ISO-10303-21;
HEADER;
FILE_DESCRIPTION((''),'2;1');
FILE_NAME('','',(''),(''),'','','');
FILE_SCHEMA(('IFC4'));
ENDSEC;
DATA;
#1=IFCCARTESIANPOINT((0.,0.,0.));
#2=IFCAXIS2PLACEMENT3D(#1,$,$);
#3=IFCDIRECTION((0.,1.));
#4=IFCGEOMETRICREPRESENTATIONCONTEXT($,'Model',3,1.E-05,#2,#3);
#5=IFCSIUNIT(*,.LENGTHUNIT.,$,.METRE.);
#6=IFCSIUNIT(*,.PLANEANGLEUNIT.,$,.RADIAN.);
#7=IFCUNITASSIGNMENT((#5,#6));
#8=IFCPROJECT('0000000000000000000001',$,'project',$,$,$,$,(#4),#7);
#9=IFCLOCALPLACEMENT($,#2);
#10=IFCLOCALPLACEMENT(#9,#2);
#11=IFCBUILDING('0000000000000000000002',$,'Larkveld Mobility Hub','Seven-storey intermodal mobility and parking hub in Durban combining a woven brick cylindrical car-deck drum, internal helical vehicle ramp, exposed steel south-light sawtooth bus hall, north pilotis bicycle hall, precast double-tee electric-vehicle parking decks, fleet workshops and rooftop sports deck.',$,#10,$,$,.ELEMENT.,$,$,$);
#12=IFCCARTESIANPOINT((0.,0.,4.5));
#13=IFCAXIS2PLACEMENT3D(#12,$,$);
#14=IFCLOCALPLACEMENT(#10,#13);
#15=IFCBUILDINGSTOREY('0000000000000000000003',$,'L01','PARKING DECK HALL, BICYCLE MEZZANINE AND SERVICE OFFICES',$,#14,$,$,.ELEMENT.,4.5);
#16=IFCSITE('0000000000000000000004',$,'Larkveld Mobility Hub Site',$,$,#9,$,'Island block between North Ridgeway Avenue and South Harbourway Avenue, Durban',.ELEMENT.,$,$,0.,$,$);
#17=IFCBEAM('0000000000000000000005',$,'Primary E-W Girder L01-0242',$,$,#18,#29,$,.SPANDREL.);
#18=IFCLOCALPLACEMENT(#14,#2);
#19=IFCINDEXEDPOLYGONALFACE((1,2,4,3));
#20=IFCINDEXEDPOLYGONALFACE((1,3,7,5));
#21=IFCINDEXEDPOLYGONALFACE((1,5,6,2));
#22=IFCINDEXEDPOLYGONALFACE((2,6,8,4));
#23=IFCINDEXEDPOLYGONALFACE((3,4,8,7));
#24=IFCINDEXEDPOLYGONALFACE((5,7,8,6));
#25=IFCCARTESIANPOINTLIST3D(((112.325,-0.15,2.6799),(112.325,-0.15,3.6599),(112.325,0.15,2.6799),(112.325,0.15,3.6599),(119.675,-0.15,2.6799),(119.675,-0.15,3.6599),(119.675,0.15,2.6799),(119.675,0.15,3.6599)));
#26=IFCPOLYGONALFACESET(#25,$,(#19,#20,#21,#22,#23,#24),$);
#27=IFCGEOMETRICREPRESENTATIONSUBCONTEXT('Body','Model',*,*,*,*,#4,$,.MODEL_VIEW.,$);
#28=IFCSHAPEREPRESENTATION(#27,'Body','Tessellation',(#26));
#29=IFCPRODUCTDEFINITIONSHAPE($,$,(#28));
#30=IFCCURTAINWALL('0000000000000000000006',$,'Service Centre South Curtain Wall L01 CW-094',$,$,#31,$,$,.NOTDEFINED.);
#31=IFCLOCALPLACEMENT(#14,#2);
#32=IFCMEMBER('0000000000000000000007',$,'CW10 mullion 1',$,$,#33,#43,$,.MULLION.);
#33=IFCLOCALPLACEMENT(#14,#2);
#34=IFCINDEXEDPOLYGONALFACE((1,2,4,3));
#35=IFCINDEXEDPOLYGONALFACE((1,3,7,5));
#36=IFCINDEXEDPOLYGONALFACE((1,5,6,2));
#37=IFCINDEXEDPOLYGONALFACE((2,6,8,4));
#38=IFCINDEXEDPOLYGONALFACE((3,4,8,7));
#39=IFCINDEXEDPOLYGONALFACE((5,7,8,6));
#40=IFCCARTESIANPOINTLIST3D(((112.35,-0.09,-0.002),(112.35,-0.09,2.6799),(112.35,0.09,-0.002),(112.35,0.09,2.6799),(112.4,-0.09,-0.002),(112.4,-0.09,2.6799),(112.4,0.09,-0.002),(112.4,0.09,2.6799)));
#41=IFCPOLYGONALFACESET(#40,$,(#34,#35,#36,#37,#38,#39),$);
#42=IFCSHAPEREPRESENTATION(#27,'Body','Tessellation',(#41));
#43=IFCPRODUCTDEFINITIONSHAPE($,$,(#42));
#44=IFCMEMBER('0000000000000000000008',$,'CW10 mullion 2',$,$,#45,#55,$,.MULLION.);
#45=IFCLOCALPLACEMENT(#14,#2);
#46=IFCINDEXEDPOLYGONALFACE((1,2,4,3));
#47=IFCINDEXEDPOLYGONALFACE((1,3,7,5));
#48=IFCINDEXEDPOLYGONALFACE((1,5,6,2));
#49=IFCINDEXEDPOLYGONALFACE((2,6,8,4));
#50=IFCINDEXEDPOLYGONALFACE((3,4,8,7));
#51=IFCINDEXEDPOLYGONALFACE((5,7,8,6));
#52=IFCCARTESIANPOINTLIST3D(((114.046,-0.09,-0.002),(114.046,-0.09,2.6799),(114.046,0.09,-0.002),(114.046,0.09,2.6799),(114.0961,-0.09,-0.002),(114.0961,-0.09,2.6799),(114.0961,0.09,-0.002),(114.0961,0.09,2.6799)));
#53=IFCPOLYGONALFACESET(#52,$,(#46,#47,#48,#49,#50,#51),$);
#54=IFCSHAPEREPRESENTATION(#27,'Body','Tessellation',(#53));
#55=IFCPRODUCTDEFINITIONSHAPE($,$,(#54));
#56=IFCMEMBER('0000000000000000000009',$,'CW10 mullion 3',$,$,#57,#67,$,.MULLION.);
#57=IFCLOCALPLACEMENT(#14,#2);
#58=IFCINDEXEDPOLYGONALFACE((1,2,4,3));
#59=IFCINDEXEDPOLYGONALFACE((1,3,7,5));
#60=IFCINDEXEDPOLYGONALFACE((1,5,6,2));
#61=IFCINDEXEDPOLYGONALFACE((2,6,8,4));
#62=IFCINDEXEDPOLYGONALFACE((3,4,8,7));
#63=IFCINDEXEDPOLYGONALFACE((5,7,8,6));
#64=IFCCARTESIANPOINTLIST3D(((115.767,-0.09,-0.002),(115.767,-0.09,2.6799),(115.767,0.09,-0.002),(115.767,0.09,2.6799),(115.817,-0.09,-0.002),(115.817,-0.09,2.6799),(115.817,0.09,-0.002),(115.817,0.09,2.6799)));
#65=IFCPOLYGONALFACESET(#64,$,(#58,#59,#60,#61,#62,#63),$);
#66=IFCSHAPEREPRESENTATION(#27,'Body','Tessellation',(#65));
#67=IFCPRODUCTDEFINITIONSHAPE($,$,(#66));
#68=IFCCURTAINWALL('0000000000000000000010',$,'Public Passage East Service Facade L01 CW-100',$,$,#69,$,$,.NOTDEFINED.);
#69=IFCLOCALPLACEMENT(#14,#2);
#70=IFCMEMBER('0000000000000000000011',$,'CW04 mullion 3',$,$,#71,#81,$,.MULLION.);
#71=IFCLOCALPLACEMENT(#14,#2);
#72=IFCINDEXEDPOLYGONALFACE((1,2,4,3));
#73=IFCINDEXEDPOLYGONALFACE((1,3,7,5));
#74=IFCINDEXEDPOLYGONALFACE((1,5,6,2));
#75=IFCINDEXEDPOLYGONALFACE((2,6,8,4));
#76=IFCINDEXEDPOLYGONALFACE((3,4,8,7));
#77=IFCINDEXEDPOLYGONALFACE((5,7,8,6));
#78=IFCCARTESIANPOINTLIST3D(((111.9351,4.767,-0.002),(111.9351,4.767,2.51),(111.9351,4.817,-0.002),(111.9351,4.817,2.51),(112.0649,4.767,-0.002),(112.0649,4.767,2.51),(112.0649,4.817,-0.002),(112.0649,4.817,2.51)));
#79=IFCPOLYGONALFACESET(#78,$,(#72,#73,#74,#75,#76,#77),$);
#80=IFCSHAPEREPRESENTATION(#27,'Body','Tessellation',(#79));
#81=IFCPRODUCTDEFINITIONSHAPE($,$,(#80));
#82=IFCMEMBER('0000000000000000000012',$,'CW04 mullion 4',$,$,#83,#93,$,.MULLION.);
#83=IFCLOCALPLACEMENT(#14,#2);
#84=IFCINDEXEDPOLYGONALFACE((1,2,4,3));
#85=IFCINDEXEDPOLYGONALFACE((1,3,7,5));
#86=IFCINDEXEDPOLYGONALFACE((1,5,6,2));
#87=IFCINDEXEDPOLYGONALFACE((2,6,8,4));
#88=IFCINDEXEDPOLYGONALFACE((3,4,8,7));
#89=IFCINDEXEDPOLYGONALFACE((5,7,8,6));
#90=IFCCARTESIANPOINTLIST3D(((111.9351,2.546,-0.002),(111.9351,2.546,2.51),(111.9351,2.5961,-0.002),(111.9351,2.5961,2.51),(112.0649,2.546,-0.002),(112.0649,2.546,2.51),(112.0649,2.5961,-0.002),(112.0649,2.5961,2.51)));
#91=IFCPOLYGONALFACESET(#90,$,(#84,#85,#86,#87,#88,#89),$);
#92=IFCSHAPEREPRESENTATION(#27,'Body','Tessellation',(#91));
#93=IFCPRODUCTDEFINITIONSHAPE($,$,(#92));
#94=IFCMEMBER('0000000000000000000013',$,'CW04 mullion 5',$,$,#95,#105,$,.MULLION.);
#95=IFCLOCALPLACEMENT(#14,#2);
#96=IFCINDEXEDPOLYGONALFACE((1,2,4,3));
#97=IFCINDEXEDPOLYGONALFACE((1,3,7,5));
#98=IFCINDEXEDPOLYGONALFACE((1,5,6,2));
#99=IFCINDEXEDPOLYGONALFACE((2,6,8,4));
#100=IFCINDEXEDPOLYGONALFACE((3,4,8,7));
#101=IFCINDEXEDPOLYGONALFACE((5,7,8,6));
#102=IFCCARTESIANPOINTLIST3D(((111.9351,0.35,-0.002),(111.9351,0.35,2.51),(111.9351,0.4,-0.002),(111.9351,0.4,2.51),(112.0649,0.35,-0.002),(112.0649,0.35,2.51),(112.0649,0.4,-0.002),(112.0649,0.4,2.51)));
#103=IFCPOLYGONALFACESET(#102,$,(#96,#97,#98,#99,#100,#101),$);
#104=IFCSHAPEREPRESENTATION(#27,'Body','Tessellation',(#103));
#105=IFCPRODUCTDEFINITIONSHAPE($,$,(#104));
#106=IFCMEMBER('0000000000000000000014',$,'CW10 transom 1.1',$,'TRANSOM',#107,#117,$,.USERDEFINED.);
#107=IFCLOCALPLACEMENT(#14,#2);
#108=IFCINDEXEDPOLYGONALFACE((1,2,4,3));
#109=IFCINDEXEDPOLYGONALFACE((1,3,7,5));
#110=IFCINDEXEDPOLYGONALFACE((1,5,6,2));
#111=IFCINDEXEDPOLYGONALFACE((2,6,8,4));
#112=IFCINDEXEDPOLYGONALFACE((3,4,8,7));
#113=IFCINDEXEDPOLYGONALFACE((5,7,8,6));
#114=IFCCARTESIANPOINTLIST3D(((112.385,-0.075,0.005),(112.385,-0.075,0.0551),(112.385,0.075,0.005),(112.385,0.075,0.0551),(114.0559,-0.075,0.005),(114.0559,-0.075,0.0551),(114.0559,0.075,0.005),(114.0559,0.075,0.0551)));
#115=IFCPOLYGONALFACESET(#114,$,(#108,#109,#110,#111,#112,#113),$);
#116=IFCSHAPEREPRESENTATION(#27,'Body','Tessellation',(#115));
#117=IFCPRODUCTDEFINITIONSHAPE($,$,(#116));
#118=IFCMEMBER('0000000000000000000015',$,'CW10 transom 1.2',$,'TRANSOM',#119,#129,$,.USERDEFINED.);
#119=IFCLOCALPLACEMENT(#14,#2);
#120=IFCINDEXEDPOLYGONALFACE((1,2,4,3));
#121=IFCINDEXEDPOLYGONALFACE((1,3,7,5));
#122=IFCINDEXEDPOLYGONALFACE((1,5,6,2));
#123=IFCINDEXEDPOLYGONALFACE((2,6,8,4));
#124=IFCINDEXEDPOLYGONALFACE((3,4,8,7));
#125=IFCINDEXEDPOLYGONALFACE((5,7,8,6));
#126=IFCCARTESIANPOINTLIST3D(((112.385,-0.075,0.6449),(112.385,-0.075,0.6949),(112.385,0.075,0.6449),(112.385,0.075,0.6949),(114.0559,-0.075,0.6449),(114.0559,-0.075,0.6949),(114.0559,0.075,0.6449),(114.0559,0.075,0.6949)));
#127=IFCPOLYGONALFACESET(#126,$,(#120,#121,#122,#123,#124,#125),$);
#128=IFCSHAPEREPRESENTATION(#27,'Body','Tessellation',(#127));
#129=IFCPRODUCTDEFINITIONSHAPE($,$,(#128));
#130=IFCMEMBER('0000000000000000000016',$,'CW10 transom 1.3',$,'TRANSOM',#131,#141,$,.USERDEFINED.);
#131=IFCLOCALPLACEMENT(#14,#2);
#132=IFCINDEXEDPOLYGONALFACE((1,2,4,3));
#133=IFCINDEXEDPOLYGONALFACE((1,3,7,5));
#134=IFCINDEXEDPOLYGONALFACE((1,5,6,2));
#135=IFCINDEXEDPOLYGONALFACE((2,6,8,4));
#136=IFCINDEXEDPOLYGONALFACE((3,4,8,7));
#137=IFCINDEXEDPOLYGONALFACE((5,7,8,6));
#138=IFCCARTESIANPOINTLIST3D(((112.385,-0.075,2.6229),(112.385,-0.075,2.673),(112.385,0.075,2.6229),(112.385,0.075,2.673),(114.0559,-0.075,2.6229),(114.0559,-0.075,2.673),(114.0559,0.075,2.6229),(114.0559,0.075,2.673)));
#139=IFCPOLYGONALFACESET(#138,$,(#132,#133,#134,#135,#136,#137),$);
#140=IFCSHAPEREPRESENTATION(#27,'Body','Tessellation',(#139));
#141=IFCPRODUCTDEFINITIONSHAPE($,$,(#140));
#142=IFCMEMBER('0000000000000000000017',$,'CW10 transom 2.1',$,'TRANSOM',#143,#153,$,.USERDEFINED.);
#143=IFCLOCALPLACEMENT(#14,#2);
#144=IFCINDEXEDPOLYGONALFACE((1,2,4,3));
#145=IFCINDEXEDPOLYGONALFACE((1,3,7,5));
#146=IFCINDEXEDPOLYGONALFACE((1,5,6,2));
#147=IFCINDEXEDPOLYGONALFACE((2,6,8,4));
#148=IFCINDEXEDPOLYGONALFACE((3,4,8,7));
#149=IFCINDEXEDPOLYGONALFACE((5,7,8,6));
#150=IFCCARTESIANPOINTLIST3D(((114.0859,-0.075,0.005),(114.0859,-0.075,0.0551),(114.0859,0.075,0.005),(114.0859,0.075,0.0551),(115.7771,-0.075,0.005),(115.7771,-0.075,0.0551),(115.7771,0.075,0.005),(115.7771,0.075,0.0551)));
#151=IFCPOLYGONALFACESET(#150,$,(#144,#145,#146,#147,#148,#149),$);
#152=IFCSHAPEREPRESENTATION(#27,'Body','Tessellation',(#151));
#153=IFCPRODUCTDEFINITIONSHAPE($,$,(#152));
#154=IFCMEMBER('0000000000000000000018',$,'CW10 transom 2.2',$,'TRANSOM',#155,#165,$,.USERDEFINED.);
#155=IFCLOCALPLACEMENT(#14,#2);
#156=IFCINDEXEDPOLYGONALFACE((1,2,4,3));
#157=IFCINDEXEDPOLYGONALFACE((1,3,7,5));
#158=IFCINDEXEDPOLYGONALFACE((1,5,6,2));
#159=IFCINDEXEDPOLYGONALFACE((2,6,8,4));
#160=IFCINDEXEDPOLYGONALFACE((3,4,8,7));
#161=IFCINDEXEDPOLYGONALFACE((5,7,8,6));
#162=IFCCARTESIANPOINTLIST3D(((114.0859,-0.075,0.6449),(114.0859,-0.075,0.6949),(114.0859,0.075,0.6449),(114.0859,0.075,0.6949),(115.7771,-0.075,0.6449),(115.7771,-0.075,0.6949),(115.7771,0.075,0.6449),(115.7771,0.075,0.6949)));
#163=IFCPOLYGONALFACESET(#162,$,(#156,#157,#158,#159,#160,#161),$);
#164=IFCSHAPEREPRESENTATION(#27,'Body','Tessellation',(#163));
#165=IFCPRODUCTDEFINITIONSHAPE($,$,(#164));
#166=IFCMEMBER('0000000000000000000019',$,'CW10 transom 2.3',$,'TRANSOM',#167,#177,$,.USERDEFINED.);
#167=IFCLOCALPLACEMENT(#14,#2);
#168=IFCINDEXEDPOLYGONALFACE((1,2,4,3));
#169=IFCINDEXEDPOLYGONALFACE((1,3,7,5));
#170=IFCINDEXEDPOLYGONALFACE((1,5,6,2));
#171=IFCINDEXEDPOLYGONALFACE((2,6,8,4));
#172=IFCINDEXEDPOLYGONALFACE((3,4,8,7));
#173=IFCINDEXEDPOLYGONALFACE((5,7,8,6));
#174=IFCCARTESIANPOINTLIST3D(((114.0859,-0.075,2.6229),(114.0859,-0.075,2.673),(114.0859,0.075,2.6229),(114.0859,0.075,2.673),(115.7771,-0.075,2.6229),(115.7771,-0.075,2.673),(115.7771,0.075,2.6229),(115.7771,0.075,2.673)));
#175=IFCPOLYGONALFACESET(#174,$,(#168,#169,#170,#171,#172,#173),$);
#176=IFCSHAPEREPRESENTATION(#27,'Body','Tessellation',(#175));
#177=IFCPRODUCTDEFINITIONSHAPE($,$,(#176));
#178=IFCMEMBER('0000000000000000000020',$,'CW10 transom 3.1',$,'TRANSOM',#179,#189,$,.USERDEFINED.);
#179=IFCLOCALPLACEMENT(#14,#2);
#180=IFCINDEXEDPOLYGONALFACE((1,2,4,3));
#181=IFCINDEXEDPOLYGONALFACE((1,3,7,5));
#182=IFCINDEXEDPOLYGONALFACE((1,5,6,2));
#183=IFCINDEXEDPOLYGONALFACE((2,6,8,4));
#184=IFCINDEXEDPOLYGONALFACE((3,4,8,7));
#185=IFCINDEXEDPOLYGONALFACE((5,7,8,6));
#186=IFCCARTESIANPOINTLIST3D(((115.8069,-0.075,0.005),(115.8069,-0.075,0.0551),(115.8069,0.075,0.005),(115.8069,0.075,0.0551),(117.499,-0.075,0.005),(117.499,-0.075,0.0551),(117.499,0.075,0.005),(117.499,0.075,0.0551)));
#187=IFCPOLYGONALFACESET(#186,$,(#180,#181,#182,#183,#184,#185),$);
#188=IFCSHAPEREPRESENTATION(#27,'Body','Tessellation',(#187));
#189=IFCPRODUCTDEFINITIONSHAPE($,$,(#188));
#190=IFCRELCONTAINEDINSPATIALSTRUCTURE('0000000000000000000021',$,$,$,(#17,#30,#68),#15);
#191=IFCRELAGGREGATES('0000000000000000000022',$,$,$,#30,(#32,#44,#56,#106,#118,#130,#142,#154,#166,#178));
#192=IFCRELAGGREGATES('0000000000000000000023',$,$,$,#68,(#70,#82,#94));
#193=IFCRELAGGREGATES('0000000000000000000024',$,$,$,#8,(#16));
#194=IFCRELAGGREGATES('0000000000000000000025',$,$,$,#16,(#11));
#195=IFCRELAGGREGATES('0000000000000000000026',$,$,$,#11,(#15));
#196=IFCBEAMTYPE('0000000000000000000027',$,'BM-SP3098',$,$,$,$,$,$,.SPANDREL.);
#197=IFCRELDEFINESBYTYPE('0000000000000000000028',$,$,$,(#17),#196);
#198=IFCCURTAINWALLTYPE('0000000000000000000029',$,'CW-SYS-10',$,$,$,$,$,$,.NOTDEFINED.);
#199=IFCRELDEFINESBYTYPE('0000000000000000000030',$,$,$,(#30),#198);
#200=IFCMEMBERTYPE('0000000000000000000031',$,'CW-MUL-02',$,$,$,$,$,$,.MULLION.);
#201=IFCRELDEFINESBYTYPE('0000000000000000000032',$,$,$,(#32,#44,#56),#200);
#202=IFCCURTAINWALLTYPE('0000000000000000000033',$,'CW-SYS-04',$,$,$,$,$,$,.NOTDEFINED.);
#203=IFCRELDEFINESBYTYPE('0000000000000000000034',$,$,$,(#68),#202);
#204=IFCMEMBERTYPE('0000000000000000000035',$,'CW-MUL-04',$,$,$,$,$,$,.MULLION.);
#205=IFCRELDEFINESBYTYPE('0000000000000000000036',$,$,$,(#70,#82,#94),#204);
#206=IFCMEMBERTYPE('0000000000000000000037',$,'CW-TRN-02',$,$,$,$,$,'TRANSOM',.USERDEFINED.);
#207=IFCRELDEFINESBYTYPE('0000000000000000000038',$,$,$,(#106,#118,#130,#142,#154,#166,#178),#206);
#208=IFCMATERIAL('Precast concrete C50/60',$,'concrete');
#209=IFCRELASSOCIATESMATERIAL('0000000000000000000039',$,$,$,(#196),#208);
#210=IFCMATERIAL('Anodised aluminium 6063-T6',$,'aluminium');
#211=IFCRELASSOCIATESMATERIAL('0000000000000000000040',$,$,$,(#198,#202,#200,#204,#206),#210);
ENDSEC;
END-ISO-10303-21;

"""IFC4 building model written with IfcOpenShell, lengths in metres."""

from ifc_helpers import new_model, si_unit, direction, frame, origin, origin_2d, place, context, subcontext, project, spatial, rectangle, extrude, material, material_profile, profile_set, type_object, element, aggregate, save


model = new_model("IFC4")

# Units and contexts
model_context = context("Model", 3, precision=1e-05, world=origin(), true_north=direction((0.0, 1.0)))
body_context = subcontext(model_context, "Body", "Model", "MODEL_VIEW")
ifc_project = project(units=[si_unit("LENGTHUNIT", "METRE"), si_unit("PLANEANGLEUNIT", "RADIAN")], contexts=[model_context])

# Site, building, storey
site_placement = place(None, origin())
site = spatial("IfcSite", under=ifc_project, at=site_placement, Name="Larkveld Mobility Hub Site", LongName="Island block between North Ridgeway Avenue and South Harbourway Avenue, Durban", CompositionType="ELEMENT", RefElevation=0.0)
building_placement = place(site_placement, origin())
building = spatial("IfcBuilding", under=site, at=building_placement, Name="Larkveld Mobility Hub", Description="Seven-storey intermodal mobility and parking hub in Durban combining a woven brick cylindrical car-deck drum, internal helical vehicle ramp, exposed steel south-light sawtooth bus hall, north pilotis bicycle hall, precast double-tee electric-vehicle parking decks, fleet workshops and rooftop sports deck.", CompositionType="ELEMENT")
storey_placement = place(building_placement, frame((0.0, 0.0, 4.5)))
storey = spatial("IfcBuildingStorey", under=building, at=storey_placement, Name="L01", Description="PARKING DECK HALL, BICYCLE MEZZANINE AND SERVICE OFFICES", CompositionType="ELEMENT", Elevation=4.5)

# Beam
ifc_material_1 = material(Name="Precast concrete C50/60", Category="concrete")
ifc_material_profile_1 = material_profile(ifc_material_1, rectangle(XDim=0.3, YDim=0.98, at=origin_2d()), Name="PC SP 300x980")
ifc_profile_set_1 = profile_set([ifc_material_profile_1], Name="Precast concrete C50/60")
beam_type = type_object("IfcBeamType", Name="BM-SP3098", PredefinedType="SPANDREL", material=ifc_profile_set_1)
beam_placement = place(storey_placement, frame((112.325, 0.0, 3.1699), z_axis=(1.0, 0.0, 0.0), x_axis=(0.0, 1.0, 0.0)))
element("IfcBeam", 1, at=beam_placement, inside=storey, type_object=beam_type, Name="Primary E-W Girder L01-0242", PredefinedType="SPANDREL", context=body_context, shape_type="SweptSolid", body=[
    extrude(rectangle(XDim=0.3, YDim=0.98, at=origin_2d()), origin(), (0.0, 0.0, 1.0), 7.3501),
])

# Curtain walls, members
ifc_material_2 = material(Name="Anodised aluminium 6063-T6", Category="aluminium")
curtain_wall_type_1 = type_object("IfcCurtainWallType", Name="CW-SYS-10", PredefinedType="NOTDEFINED", material=ifc_material_2)
curtain_wall_1_placement = place(storey_placement, origin())
curtain_wall_1 = element("IfcCurtainWall", 2, at=curtain_wall_1_placement, inside=storey, type_object=curtain_wall_type_1, Name="Service Centre South Curtain Wall L01 CW-094", PredefinedType="NOTDEFINED")
ifc_material_profile_2 = material_profile(ifc_material_2, rectangle(XDim=0.05, YDim=0.1799, at=origin_2d()), Name="ALU MULL 50x180")
ifc_profile_set_2 = profile_set([ifc_material_profile_2], Name="Anodised aluminium 6063-T6")
member_type_1 = type_object("IfcMemberType", Name="CW-MUL-02", PredefinedType="MULLION", material=ifc_profile_set_2)
member_1_placement = place(storey_placement, frame((112.375, 0.0, -0.002), z_axis=(0.0, 0.0, 1.0), x_axis=(1.0, 0.0, 0.0)))
member_1 = element("IfcMember", 3, at=member_1_placement, type_object=member_type_1, Name="CW10 mullion 1", PredefinedType="MULLION", context=body_context, shape_type="SweptSolid", body=[
    extrude(rectangle(XDim=0.05, YDim=0.1799, at=origin_2d()), origin(), (0.0, 0.0, 1.0), 2.6819),
])
member_2_placement = place(storey_placement, frame((114.071, 0.0, -0.002), z_axis=(0.0, 0.0, 1.0), x_axis=(1.0, 0.0, 0.0)))
member_2 = element("IfcMember", 4, at=member_2_placement, type_object=member_type_1, Name="CW10 mullion 2", PredefinedType="MULLION", context=body_context, shape_type="SweptSolid", body=[
    extrude(rectangle(XDim=0.05, YDim=0.1799, at=origin_2d()), origin(), (0.0, 0.0, 1.0), 2.6819),
])
member_3_placement = place(storey_placement, frame((115.792, 0.0, -0.002), z_axis=(0.0, 0.0, 1.0), x_axis=(1.0, 0.0, 0.0)))
member_3 = element("IfcMember", 5, at=member_3_placement, type_object=member_type_1, Name="CW10 mullion 3", PredefinedType="MULLION", context=body_context, shape_type="SweptSolid", body=[
    extrude(rectangle(XDim=0.05, YDim=0.1799, at=origin_2d()), origin(), (0.0, 0.0, 1.0), 2.6819),
])
curtain_wall_type_2 = type_object("IfcCurtainWallType", Name="CW-SYS-04", PredefinedType="NOTDEFINED", material=ifc_material_2)
curtain_wall_2_placement = place(storey_placement, origin())
curtain_wall_2 = element("IfcCurtainWall", 6, at=curtain_wall_2_placement, inside=storey, type_object=curtain_wall_type_2, Name="Public Passage East Service Facade L01 CW-100", PredefinedType="NOTDEFINED")
ifc_material_profile_3 = material_profile(ifc_material_2, rectangle(XDim=0.05, YDim=0.1299, at=origin_2d()), Name="ALU MULL 50x130")
ifc_profile_set_3 = profile_set([ifc_material_profile_3], Name="Anodised aluminium 6063-T6")
member_type_2 = type_object("IfcMemberType", Name="CW-MUL-04", PredefinedType="MULLION", material=ifc_profile_set_3)
member_4_placement = place(storey_placement, frame((112.0, 4.792, -0.002), z_axis=(0.0, 0.0, 1.0), x_axis=(0.0, -1.0, 0.0)))
member_4 = element("IfcMember", 7, at=member_4_placement, type_object=member_type_2, Name="CW04 mullion 3", PredefinedType="MULLION", context=body_context, shape_type="SweptSolid", body=[
    extrude(rectangle(XDim=0.05, YDim=0.1299, at=origin_2d()), origin(), (0.0, 0.0, 1.0), 2.512),
])
member_5_placement = place(storey_placement, frame((112.0, 2.571, -0.002), z_axis=(0.0, 0.0, 1.0), x_axis=(0.0, -1.0, 0.0)))
member_5 = element("IfcMember", 8, at=member_5_placement, type_object=member_type_2, Name="CW04 mullion 4", PredefinedType="MULLION", context=body_context, shape_type="SweptSolid", body=[
    extrude(rectangle(XDim=0.05, YDim=0.1299, at=origin_2d()), origin(), (0.0, 0.0, 1.0), 2.512),
])
member_6_placement = place(storey_placement, frame((112.0, 0.375, -0.002), z_axis=(0.0, 0.0, 1.0), x_axis=(0.0, -1.0, 0.0)))
member_6 = element("IfcMember", 9, at=member_6_placement, type_object=member_type_2, Name="CW04 mullion 5", PredefinedType="MULLION", context=body_context, shape_type="SweptSolid", body=[
    extrude(rectangle(XDim=0.05, YDim=0.1299, at=origin_2d()), origin(), (0.0, 0.0, 1.0), 2.512),
])

# Members
ifc_material_profile_4 = material_profile(ifc_material_2, rectangle(XDim=0.1499, YDim=0.05, at=origin_2d()), Name="ALU TRAN 50x150")
ifc_profile_set_4 = profile_set([ifc_material_profile_4], Name="Anodised aluminium 6063-T6")
member_type_3 = type_object("IfcMemberType", Name="CW-TRN-02", ElementType="TRANSOM", PredefinedType="USERDEFINED", material=ifc_profile_set_4)
member_7_placement = place(storey_placement, frame((112.385, 0.0, 0.03), z_axis=(1.0, 0.0, 0.0), x_axis=(0.0, 1.0, 0.0)))
member_7 = element("IfcMember", 10, at=member_7_placement, type_object=member_type_3, Name="CW10 transom 1.1", ObjectType="TRANSOM", PredefinedType="USERDEFINED", context=body_context, shape_type="SweptSolid", body=[
    extrude(rectangle(XDim=0.1499, YDim=0.05, at=origin_2d()), origin(), (0.0, 0.0, 1.0), 1.6709),
])
member_8_placement = place(storey_placement, frame((112.385, 0.0, 0.6699), z_axis=(1.0, 0.0, 0.0), x_axis=(0.0, 1.0, 0.0)))
member_8 = element("IfcMember", 11, at=member_8_placement, type_object=member_type_3, Name="CW10 transom 1.2", ObjectType="TRANSOM", PredefinedType="USERDEFINED", context=body_context, shape_type="SweptSolid", body=[
    extrude(rectangle(XDim=0.1499, YDim=0.05, at=origin_2d()), origin(), (0.0, 0.0, 1.0), 1.6709),
])
member_9_placement = place(storey_placement, frame((112.385, 0.0, 2.6479), z_axis=(1.0, 0.0, 0.0), x_axis=(0.0, 1.0, 0.0)))
member_9 = element("IfcMember", 12, at=member_9_placement, type_object=member_type_3, Name="CW10 transom 1.3", ObjectType="TRANSOM", PredefinedType="USERDEFINED", context=body_context, shape_type="SweptSolid", body=[
    extrude(rectangle(XDim=0.1499, YDim=0.05, at=origin_2d()), origin(), (0.0, 0.0, 1.0), 1.6709),
])
member_10_placement = place(storey_placement, frame((114.0859, 0.0, 0.03), z_axis=(1.0, 0.0, 0.0), x_axis=(0.0, 1.0, 0.0)))
member_10 = element("IfcMember", 13, at=member_10_placement, type_object=member_type_3, Name="CW10 transom 2.1", ObjectType="TRANSOM", PredefinedType="USERDEFINED", context=body_context, shape_type="SweptSolid", body=[
    extrude(rectangle(XDim=0.1499, YDim=0.05, at=origin_2d()), origin(), (0.0, 0.0, 1.0), 1.6912),
])
member_11_placement = place(storey_placement, frame((114.0859, 0.0, 0.6699), z_axis=(1.0, 0.0, 0.0), x_axis=(0.0, 1.0, 0.0)))
member_11 = element("IfcMember", 14, at=member_11_placement, type_object=member_type_3, Name="CW10 transom 2.2", ObjectType="TRANSOM", PredefinedType="USERDEFINED", context=body_context, shape_type="SweptSolid", body=[
    extrude(rectangle(XDim=0.1499, YDim=0.05, at=origin_2d()), origin(), (0.0, 0.0, 1.0), 1.6912),
])
member_12_placement = place(storey_placement, frame((114.0859, 0.0, 2.6479), z_axis=(1.0, 0.0, 0.0), x_axis=(0.0, 1.0, 0.0)))
member_12 = element("IfcMember", 15, at=member_12_placement, type_object=member_type_3, Name="CW10 transom 2.3", ObjectType="TRANSOM", PredefinedType="USERDEFINED", context=body_context, shape_type="SweptSolid", body=[
    extrude(rectangle(XDim=0.1499, YDim=0.05, at=origin_2d()), origin(), (0.0, 0.0, 1.0), 1.6912),
])
member_13_placement = place(storey_placement, frame((115.8069, 0.0, 0.03), z_axis=(1.0, 0.0, 0.0), x_axis=(0.0, 1.0, 0.0)))
member_13 = element("IfcMember", 16, at=member_13_placement, type_object=member_type_3, Name="CW10 transom 3.1", ObjectType="TRANSOM", PredefinedType="USERDEFINED", context=body_context, shape_type="SweptSolid", body=[
    extrude(rectangle(XDim=0.1499, YDim=0.05, at=origin_2d()), origin(), (0.0, 0.0, 1.0), 1.6921),
])

aggregate(curtain_wall_1, [member_1, member_2, member_3, member_7, member_8, member_9, member_10, member_11, member_12, member_13])
aggregate(curtain_wall_2, [member_4, member_5, member_6])

save(model, "model.ifc")
